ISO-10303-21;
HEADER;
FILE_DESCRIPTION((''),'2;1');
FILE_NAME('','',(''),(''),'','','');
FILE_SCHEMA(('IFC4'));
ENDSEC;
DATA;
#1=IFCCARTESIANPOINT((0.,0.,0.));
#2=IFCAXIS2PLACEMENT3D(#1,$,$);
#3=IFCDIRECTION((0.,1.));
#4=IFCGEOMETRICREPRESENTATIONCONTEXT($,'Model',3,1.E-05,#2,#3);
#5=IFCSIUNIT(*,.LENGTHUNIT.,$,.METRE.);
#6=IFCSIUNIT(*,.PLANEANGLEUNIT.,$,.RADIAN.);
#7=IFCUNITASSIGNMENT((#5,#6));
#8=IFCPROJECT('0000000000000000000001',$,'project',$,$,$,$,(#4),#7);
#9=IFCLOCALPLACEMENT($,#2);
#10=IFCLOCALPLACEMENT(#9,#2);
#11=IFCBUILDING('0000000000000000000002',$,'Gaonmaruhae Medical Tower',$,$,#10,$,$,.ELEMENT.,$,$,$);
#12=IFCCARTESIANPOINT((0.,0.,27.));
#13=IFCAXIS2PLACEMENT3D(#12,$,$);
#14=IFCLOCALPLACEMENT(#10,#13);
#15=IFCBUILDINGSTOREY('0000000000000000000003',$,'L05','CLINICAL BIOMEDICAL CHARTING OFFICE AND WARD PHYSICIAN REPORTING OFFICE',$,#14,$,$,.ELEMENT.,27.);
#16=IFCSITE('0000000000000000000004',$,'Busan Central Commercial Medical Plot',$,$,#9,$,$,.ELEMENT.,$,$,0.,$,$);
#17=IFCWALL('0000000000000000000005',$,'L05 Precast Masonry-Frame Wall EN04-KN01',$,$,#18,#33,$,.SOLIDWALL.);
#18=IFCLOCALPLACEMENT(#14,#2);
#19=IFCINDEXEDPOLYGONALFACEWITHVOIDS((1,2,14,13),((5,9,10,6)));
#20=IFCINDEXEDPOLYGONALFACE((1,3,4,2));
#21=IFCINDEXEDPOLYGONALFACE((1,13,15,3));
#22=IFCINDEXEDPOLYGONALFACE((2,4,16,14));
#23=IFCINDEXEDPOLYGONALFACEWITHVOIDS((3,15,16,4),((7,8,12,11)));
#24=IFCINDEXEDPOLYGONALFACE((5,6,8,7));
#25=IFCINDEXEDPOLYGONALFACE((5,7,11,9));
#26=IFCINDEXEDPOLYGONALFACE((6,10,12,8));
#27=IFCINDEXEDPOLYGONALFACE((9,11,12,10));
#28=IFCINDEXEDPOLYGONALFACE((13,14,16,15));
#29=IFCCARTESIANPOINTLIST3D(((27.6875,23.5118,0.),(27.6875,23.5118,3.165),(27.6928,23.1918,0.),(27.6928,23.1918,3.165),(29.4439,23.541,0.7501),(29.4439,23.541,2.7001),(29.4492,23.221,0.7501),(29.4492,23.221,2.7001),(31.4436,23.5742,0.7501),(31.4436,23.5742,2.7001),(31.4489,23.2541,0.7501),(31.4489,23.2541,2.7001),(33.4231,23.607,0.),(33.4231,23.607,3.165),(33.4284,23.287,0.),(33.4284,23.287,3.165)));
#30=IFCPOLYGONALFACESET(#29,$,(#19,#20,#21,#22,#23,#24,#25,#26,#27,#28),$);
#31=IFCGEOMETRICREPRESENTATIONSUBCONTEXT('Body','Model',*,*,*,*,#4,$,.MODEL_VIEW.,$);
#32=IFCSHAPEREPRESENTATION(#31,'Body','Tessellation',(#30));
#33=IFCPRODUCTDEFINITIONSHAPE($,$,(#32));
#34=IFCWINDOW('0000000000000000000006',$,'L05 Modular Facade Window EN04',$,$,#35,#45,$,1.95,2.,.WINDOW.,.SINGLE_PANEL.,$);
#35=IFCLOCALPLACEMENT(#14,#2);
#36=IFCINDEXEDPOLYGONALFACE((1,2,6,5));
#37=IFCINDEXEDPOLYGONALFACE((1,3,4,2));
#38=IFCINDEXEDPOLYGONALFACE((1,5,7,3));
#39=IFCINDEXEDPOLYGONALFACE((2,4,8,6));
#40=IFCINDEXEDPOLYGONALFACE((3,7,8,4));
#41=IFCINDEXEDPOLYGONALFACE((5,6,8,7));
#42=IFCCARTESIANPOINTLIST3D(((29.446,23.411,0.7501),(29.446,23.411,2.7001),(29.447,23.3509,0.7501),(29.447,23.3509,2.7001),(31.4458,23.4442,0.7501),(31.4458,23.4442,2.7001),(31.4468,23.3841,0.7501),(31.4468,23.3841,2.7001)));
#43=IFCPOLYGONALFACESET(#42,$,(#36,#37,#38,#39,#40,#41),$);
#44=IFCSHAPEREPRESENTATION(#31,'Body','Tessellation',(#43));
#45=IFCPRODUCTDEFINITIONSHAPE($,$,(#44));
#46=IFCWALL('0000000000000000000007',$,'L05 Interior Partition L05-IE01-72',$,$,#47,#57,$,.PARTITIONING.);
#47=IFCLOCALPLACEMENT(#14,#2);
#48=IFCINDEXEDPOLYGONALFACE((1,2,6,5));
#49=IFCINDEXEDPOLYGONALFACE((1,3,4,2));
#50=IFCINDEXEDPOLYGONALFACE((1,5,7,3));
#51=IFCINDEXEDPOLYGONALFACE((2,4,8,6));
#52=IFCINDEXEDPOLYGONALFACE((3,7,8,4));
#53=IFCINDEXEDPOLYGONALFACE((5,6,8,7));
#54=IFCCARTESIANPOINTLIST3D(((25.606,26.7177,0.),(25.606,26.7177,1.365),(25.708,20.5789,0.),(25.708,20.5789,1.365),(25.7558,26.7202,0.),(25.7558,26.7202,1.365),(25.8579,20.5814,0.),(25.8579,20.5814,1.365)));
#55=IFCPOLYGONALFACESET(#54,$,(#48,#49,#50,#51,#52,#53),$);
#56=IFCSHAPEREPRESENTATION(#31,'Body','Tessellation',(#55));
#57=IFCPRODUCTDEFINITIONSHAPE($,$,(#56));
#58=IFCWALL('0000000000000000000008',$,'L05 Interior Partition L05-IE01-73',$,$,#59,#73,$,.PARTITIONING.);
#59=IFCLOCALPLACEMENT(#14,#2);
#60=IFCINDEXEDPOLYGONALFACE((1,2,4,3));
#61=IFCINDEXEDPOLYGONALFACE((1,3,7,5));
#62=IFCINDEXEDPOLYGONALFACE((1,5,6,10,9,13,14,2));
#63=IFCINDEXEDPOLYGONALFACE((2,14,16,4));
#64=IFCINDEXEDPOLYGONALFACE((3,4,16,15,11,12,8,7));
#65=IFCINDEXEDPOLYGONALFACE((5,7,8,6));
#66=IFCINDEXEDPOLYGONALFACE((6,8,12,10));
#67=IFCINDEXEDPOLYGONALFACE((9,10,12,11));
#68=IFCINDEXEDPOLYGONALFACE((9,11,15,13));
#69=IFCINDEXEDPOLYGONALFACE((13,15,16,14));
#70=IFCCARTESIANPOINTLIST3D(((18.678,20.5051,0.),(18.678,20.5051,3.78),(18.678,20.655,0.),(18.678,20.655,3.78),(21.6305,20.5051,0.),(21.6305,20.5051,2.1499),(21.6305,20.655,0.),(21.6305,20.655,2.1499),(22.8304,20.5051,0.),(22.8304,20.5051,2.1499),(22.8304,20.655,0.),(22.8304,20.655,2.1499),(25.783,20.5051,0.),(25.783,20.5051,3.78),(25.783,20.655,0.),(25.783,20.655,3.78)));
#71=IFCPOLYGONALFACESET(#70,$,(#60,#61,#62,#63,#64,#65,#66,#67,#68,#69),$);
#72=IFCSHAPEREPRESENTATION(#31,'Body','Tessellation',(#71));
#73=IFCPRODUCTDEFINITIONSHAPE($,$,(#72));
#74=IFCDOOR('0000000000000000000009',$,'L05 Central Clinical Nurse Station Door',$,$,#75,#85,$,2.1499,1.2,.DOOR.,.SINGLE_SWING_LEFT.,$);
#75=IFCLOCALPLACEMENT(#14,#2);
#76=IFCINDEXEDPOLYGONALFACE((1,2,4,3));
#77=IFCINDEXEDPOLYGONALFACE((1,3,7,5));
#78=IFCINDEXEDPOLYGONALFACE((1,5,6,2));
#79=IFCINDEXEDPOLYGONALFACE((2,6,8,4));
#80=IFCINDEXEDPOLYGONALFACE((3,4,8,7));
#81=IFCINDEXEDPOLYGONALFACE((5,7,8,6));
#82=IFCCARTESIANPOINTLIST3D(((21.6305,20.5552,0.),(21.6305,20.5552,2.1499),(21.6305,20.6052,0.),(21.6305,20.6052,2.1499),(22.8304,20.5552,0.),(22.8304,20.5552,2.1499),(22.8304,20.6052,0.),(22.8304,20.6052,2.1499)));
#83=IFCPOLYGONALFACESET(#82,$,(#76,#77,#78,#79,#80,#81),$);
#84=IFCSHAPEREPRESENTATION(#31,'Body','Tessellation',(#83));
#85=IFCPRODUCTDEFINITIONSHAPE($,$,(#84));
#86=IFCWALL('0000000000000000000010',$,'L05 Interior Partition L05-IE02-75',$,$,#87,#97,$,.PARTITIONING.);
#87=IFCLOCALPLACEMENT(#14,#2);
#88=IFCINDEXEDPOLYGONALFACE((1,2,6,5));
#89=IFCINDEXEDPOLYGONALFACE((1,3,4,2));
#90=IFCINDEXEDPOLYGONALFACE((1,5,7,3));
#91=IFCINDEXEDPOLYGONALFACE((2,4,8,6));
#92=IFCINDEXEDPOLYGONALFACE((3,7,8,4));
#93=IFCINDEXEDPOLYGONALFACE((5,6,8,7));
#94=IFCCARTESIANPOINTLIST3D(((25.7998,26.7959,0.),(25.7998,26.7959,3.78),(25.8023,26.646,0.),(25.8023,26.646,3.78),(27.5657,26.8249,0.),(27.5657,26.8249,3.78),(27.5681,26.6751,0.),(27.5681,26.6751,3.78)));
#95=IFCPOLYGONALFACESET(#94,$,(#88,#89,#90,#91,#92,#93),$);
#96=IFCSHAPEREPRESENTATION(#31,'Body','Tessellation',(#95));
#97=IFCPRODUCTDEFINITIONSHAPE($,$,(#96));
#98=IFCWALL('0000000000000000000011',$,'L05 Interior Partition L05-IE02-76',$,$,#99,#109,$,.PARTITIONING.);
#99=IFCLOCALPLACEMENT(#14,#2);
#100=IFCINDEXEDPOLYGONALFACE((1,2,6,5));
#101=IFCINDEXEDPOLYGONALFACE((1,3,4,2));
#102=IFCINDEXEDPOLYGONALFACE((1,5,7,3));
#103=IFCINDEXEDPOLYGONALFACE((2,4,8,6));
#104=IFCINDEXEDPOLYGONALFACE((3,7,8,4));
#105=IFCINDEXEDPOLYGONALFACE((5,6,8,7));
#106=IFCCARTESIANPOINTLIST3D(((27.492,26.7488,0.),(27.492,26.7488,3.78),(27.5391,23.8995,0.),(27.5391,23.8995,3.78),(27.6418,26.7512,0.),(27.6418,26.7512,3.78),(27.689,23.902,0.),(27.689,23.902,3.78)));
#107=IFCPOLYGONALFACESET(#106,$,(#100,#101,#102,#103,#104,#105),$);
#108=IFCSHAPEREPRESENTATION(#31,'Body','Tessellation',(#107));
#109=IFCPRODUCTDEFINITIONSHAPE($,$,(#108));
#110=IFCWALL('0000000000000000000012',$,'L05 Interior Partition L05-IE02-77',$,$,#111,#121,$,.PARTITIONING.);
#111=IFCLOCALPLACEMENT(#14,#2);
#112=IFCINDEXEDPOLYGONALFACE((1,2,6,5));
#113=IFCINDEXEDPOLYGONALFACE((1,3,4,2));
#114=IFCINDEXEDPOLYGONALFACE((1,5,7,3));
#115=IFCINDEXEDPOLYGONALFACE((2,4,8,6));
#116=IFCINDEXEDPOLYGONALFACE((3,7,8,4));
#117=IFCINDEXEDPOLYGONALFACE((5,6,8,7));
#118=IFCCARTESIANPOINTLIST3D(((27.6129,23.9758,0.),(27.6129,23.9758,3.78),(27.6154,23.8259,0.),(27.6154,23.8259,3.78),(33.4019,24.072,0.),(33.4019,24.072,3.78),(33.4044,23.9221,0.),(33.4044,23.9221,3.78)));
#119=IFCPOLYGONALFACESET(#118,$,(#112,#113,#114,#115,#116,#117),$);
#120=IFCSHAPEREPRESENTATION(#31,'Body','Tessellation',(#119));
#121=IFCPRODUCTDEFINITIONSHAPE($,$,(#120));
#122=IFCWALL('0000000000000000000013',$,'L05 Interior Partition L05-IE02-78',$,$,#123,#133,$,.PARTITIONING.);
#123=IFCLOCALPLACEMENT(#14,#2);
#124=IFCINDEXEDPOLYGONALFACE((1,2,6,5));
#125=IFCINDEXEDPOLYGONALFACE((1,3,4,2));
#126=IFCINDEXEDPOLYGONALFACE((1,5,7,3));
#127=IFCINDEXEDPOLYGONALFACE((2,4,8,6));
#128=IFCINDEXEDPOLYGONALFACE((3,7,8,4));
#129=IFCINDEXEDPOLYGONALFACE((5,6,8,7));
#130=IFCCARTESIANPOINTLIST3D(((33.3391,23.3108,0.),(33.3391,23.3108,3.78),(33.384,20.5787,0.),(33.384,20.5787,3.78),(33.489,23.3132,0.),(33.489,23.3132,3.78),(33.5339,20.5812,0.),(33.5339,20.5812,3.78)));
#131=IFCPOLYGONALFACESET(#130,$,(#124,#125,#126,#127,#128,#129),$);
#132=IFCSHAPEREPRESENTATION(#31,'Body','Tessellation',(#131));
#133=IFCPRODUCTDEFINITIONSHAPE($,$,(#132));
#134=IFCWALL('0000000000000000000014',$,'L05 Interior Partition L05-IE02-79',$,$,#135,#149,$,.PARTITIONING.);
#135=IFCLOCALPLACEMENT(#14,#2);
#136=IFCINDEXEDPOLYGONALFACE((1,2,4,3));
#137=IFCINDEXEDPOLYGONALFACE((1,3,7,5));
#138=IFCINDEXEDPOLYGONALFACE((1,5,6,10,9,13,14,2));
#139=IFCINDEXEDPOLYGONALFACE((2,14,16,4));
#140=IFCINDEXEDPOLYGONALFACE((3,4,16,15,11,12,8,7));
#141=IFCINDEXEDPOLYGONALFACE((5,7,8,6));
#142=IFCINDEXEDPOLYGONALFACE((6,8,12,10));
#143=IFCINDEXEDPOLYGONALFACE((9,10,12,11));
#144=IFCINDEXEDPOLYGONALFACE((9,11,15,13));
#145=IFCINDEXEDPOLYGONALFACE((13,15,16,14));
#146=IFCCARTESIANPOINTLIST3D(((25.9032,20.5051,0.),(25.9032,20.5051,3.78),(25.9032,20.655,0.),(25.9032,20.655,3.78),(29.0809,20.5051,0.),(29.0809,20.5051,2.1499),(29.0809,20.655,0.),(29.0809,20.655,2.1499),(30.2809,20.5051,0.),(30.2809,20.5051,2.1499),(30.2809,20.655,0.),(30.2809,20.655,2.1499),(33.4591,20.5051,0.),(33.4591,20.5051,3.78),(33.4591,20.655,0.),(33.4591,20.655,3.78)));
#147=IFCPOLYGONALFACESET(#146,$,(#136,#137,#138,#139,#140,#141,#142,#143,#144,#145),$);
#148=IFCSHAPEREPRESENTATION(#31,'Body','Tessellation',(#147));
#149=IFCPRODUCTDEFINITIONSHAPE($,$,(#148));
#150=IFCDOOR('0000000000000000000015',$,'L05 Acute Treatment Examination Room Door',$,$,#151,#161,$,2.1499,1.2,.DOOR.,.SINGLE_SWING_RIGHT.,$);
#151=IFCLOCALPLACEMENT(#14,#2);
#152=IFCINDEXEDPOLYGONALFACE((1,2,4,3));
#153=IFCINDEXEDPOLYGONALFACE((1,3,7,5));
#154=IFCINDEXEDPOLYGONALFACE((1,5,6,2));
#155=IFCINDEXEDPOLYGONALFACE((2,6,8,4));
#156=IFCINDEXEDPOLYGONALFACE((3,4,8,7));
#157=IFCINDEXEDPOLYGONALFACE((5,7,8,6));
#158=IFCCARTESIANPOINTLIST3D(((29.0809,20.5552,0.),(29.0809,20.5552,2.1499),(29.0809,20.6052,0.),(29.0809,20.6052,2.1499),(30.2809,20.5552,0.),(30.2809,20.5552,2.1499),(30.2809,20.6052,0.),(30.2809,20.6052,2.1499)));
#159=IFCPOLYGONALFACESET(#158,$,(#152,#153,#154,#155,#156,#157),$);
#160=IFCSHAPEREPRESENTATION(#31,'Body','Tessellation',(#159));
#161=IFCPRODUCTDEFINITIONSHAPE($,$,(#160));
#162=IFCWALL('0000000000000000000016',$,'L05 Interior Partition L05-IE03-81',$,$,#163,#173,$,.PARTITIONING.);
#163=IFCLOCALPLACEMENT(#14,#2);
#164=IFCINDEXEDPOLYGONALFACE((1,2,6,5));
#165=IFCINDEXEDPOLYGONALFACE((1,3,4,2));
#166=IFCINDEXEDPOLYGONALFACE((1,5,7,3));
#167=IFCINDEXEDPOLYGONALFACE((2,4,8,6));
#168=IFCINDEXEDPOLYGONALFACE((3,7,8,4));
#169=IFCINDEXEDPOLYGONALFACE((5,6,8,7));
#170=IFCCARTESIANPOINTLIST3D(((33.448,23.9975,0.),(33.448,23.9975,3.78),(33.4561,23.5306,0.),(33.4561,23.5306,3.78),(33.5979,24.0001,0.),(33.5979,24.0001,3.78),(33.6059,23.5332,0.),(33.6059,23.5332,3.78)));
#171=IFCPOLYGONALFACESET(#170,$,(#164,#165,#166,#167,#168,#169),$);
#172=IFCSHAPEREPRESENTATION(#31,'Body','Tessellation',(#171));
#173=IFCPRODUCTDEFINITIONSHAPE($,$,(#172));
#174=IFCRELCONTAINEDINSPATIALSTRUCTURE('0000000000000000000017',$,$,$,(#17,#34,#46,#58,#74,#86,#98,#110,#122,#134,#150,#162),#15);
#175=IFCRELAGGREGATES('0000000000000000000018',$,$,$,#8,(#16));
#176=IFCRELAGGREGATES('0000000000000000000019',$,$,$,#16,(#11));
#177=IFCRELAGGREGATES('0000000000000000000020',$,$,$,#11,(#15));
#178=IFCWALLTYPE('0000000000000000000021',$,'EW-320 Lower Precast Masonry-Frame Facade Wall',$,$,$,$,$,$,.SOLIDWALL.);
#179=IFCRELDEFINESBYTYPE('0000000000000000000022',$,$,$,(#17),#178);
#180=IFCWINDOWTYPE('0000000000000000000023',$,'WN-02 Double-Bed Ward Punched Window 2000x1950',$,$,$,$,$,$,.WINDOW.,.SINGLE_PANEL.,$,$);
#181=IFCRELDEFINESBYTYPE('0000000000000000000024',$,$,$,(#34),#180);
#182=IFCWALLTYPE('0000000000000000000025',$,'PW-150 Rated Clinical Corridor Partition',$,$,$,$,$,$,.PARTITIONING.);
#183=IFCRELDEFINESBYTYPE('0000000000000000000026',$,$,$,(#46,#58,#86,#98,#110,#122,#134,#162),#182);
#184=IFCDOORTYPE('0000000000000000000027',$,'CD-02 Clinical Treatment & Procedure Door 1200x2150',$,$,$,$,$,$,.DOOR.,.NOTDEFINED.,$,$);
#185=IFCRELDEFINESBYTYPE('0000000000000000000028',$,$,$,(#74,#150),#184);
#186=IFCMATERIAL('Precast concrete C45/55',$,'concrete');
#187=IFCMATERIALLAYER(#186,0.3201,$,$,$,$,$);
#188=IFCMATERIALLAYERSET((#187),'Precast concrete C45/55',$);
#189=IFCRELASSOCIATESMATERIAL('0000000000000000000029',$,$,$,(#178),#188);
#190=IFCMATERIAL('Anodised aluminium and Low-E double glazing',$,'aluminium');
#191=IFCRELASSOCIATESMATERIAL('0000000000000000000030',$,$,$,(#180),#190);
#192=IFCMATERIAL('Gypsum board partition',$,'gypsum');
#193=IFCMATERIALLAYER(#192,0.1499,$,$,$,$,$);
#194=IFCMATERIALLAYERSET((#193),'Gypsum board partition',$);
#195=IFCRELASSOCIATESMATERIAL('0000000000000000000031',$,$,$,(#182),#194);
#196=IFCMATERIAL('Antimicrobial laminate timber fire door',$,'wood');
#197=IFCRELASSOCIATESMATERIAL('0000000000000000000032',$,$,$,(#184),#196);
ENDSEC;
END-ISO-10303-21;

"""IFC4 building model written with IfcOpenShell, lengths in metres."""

from ifc_helpers import new_model, si_unit, direction, frame, frame_2d, origin, place, context, subcontext, project, spatial, rectangle, extrude, material, layer, layer_set, type_object, element, fill, save


model = new_model("IFC4")

# Units and contexts
model_context = context("Model", 3, precision=1e-05, world=origin(), true_north=direction((0.0, 1.0)))
body_context = subcontext(model_context, "Body", "Model", "MODEL_VIEW")
ifc_project = project(units=[si_unit("LENGTHUNIT", "METRE"), si_unit("PLANEANGLEUNIT", "RADIAN")], contexts=[model_context])

# Site, building, storey
site_placement = place(None, origin())
site = spatial("IfcSite", under=ifc_project, at=site_placement, Name="Busan Central Commercial Medical Plot", CompositionType="ELEMENT", RefElevation=0.0)
building_placement = place(site_placement, origin())
building = spatial("IfcBuilding", under=site, at=building_placement, Name="Gaonmaruhae Medical Tower", CompositionType="ELEMENT")
storey_placement = place(building_placement, frame((0.0, 0.0, 27.0)))
storey = spatial("IfcBuildingStorey", under=building, at=storey_placement, Name="L05", Description="CLINICAL BIOMEDICAL CHARTING OFFICE AND WARD PHYSICIAN REPORTING OFFICE", CompositionType="ELEMENT", Elevation=27.0)

# Wall, opening, window
ifc_material_1 = material(Name="Precast concrete C45/55", Category="concrete")
ifc_layer_1 = layer(ifc_material_1, 0.3201)
ifc_layer_set_1 = layer_set([ifc_layer_1], Name="Precast concrete C45/55")
wall_type_1 = type_object("IfcWallType", Name="EW-320 Lower Precast Masonry-Frame Facade Wall", PredefinedType="SOLIDWALL", material=ifc_layer_set_1)
wall_1_placement = place(storey_placement, frame((27.6902, 23.3518, 0.0), z_axis=(0.0, 0.0, 1.0), x_axis=(0.999862, 0.016598, 0.0)))
wall_1 = element("IfcWall", 1, at=wall_1_placement, inside=storey, type_object=wall_type_1, Name="L05 Precast Masonry-Frame Wall EN04-KN01", PredefinedType="SOLIDWALL", context=body_context, shape_type="SweptSolid", body=[
    extrude(rectangle(XDim=5.7363, YDim=0.3201, at=frame_2d((2.8682, 0.0))), origin(), (0.0, 0.0, 1.0), 3.165),
])
opening_1_placement = place(wall_1_placement, frame((1.7566, 0.0, 0.75)))
opening_1 = element("IfcOpeningElement", 2, at=opening_1_placement, cuts=wall_1, PredefinedType="OPENING", context=body_context, shape_type="SweptSolid", body=[
    extrude(rectangle(XDim=2.0, YDim=1.95, at=frame_2d((1.0, 0.9751))), frame((0.0, 0.1699, 0.0), z_axis=(0.0, -1.0, 0.0), x_axis=(1.0, 0.0, 0.0)), (0.0, 0.0, 1.0), 0.3401),
])
ifc_material_2 = material(Name="Anodised aluminium and Low-E double glazing", Category="aluminium")
window_type = type_object("IfcWindowType", Name="WN-02 Double-Bed Ward Punched Window 2000x1950", PartitioningType="SINGLE_PANEL", PredefinedType="WINDOW", material=ifc_material_2)
window_placement = place(opening_1_placement, origin())
window = element("IfcWindow", 3, at=window_placement, inside=storey, type_object=window_type, Name="L05 Modular Facade Window EN04", OverallHeight=1.95, OverallWidth=2.0, PartitioningType="SINGLE_PANEL", PredefinedType="WINDOW", context=body_context, shape_type="SweptSolid", body=[
    extrude(rectangle(XDim=2.0, YDim=1.95, at=frame_2d((1.0, 0.9751))), frame((0.0, 0.03, 0.0), z_axis=(0.0, -1.0, 0.0), x_axis=(1.0, 0.0, 0.0)), (0.0, 0.0, 1.0), 0.0601),
])
fill(opening_1, window)

# Wall
ifc_material_3 = material(Name="Gypsum board partition", Category="gypsum")
ifc_layer_2 = layer(ifc_material_3, 0.1499)
ifc_layer_set_2 = layer_set([ifc_layer_2], Name="Gypsum board partition")
wall_type_2 = type_object("IfcWallType", Name="PW-150 Rated Clinical Corridor Partition", PredefinedType="PARTITIONING", material=ifc_layer_set_2)
wall_2_placement = place(storey_placement, frame((25.6809, 26.719, 0.0), z_axis=(0.0, 0.0, 1.0), x_axis=(0.016621, -0.999862, 0.0)))
element("IfcWall", 4, at=wall_2_placement, inside=storey, type_object=wall_type_2, Name="L05 Interior Partition L05-IE01-72", PredefinedType="PARTITIONING", context=body_context, shape_type="SweptSolid", body=[
    extrude(rectangle(XDim=6.1396, YDim=0.1499, at=frame_2d((3.0698, 0.0))), origin(), (0.0, 0.0, 1.0), 1.365),
])

# Wall, opening, door
wall_3_placement = place(storey_placement, frame((25.783, 20.5801, 0.0), z_axis=(0.0, 0.0, 1.0), x_axis=(-1.0, 0.0, 0.0)))
wall_3 = element("IfcWall", 5, at=wall_3_placement, inside=storey, type_object=wall_type_2, Name="L05 Interior Partition L05-IE01-73", PredefinedType="PARTITIONING", context=body_context, shape_type="SweptSolid", body=[
    extrude(rectangle(XDim=7.105, YDim=0.1499, at=frame_2d((3.5525, 0.0))), origin(), (0.0, 0.0, 1.0), 3.78),
])
opening_2_placement = place(wall_3_placement, frame((2.9524, 0.0, 0.0)))
opening_2 = element("IfcOpeningElement", 6, at=opening_2_placement, cuts=wall_3, PredefinedType="OPENING", context=body_context, shape_type="SweptSolid", body=[
    extrude(rectangle(XDim=1.2, YDim=2.1499, at=frame_2d((0.6001, 1.075))), frame((0.0, 0.085, 0.0), z_axis=(0.0, -1.0, 0.0), x_axis=(1.0, 0.0, 0.0)), (0.0, 0.0, 1.0), 0.1699),
])
ifc_material_4 = material(Name="Antimicrobial laminate timber fire door", Category="wood")
door_type = type_object("IfcDoorType", Name="CD-02 Clinical Treatment & Procedure Door 1200x2150", OperationType="NOTDEFINED", PredefinedType="DOOR", material=ifc_material_4)
door_1_placement = place(opening_2_placement, origin())
door_1 = element("IfcDoor", 7, at=door_1_placement, inside=storey, type_object=door_type, Name="L05 Central Clinical Nurse Station Door", OperationType="SINGLE_SWING_LEFT", OverallHeight=2.1499, OverallWidth=1.2, PredefinedType="DOOR", context=body_context, shape_type="SweptSolid", body=[
    extrude(rectangle(XDim=1.2, YDim=2.1499, at=frame_2d((0.6001, 1.075))), frame((0.0, 0.0249, 0.0), z_axis=(0.0, -1.0, 0.0), x_axis=(1.0, 0.0, 0.0)), (0.0, 0.0, 1.0), 0.05),
])
fill(opening_2, door_1)

# Walls
wall_4_placement = place(storey_placement, frame((25.801, 26.7209, 0.0), z_axis=(0.0, 0.0, 1.0), x_axis=(0.999865, 0.01645, 0.0)))
element("IfcWall", 8, at=wall_4_placement, inside=storey, type_object=wall_type_2, Name="L05 Interior Partition L05-IE02-75", PredefinedType="PARTITIONING", context=body_context, shape_type="SweptSolid", body=[
    extrude(rectangle(XDim=1.7661, YDim=0.1499, at=frame_2d((0.8831, 0.0))), origin(), (0.0, 0.0, 1.0), 3.78),
])
wall_5_placement = place(storey_placement, frame((27.5669, 26.75, 0.0), z_axis=(0.0, 0.0, 1.0), x_axis=(0.016536, -0.999863, 0.0)))
element("IfcWall", 9, at=wall_5_placement, inside=storey, type_object=wall_type_2, Name="L05 Interior Partition L05-IE02-76", PredefinedType="PARTITIONING", context=body_context, shape_type="SweptSolid", body=[
    extrude(rectangle(XDim=2.8496, YDim=0.1499, at=frame_2d((1.4248, 0.0))), origin(), (0.0, 0.0, 1.0), 3.78),
])
wall_6_placement = place(storey_placement, frame((27.614, 23.9009, 0.0), z_axis=(0.0, 0.0, 1.0), x_axis=(0.999862, 0.016614, 0.0)))
element("IfcWall", 10, at=wall_6_placement, inside=storey, type_object=wall_type_2, Name="L05 Interior Partition L05-IE02-77", PredefinedType="PARTITIONING", context=body_context, shape_type="SweptSolid", body=[
    extrude(rectangle(XDim=5.7898, YDim=0.1499, at=frame_2d((2.895, 0.0))), origin(), (0.0, 0.0, 1.0), 3.78),
])
wall_7_placement = place(storey_placement, frame((33.4141, 23.312, 0.0), z_axis=(0.0, 0.0, 1.0), x_axis=(0.016441, -0.999865, 0.0)))
element("IfcWall", 11, at=wall_7_placement, inside=storey, type_object=wall_type_2, Name="L05 Interior Partition L05-IE02-78", PredefinedType="PARTITIONING", context=body_context, shape_type="SweptSolid", body=[
    extrude(rectangle(XDim=2.7324, YDim=0.1499, at=frame_2d((1.3662, 0.0))), origin(), (0.0, 0.0, 1.0), 3.78),
])

# Wall, opening, door
wall_8_placement = place(storey_placement, frame((33.459, 20.5801, 0.0), z_axis=(0.0, 0.0, 1.0), x_axis=(-1.0, 0.0, 0.0)))
wall_8 = element("IfcWall", 12, at=wall_8_placement, inside=storey, type_object=wall_type_2, Name="L05 Interior Partition L05-IE02-79", PredefinedType="PARTITIONING", context=body_context, shape_type="SweptSolid", body=[
    extrude(rectangle(XDim=7.5559, YDim=0.1499, at=frame_2d((3.7778, 0.0))), origin(), (0.0, 0.0, 1.0), 3.78),
])
opening_3_placement = place(wall_8_placement, frame((3.178, 0.0, 0.0)))
opening_3 = element("IfcOpeningElement", 13, at=opening_3_placement, cuts=wall_8, PredefinedType="OPENING", context=body_context, shape_type="SweptSolid", body=[
    extrude(rectangle(XDim=1.2, YDim=2.1499, at=frame_2d((0.6001, 1.075))), frame((0.0, 0.085, 0.0), z_axis=(0.0, -1.0, 0.0), x_axis=(1.0, 0.0, 0.0)), (0.0, 0.0, 1.0), 0.1699),
])
door_2_placement = place(opening_3_placement, origin())
door_2 = element("IfcDoor", 14, at=door_2_placement, inside=storey, type_object=door_type, Name="L05 Acute Treatment Examination Room Door", OperationType="SINGLE_SWING_RIGHT", OverallHeight=2.1499, OverallWidth=1.2, PredefinedType="DOOR", context=body_context, shape_type="SweptSolid", body=[
    extrude(rectangle(XDim=1.2, YDim=2.1499, at=frame_2d((0.6001, 1.075))), frame((0.0, 0.0249, 0.0), z_axis=(0.0, -1.0, 0.0), x_axis=(1.0, 0.0, 0.0)), (0.0, 0.0, 1.0), 0.05),
])
fill(opening_3, door_2)

# Wall
wall_9_placement = place(storey_placement, frame((33.531, 23.532, 0.0), z_axis=(0.0, 0.0, 1.0), x_axis=(-0.017248, 0.999851, 0.0)))
element("IfcWall", 15, at=wall_9_placement, inside=storey, type_object=wall_type_2, Name="L05 Interior Partition L05-IE03-81", PredefinedType="PARTITIONING", context=body_context, shape_type="SweptSolid", body=[
    extrude(rectangle(XDim=0.467, YDim=0.1499, at=frame_2d((0.2334, 0.0))), origin(), (0.0, 0.0, 1.0), 3.78),
])

save(model, "model.ifc")
